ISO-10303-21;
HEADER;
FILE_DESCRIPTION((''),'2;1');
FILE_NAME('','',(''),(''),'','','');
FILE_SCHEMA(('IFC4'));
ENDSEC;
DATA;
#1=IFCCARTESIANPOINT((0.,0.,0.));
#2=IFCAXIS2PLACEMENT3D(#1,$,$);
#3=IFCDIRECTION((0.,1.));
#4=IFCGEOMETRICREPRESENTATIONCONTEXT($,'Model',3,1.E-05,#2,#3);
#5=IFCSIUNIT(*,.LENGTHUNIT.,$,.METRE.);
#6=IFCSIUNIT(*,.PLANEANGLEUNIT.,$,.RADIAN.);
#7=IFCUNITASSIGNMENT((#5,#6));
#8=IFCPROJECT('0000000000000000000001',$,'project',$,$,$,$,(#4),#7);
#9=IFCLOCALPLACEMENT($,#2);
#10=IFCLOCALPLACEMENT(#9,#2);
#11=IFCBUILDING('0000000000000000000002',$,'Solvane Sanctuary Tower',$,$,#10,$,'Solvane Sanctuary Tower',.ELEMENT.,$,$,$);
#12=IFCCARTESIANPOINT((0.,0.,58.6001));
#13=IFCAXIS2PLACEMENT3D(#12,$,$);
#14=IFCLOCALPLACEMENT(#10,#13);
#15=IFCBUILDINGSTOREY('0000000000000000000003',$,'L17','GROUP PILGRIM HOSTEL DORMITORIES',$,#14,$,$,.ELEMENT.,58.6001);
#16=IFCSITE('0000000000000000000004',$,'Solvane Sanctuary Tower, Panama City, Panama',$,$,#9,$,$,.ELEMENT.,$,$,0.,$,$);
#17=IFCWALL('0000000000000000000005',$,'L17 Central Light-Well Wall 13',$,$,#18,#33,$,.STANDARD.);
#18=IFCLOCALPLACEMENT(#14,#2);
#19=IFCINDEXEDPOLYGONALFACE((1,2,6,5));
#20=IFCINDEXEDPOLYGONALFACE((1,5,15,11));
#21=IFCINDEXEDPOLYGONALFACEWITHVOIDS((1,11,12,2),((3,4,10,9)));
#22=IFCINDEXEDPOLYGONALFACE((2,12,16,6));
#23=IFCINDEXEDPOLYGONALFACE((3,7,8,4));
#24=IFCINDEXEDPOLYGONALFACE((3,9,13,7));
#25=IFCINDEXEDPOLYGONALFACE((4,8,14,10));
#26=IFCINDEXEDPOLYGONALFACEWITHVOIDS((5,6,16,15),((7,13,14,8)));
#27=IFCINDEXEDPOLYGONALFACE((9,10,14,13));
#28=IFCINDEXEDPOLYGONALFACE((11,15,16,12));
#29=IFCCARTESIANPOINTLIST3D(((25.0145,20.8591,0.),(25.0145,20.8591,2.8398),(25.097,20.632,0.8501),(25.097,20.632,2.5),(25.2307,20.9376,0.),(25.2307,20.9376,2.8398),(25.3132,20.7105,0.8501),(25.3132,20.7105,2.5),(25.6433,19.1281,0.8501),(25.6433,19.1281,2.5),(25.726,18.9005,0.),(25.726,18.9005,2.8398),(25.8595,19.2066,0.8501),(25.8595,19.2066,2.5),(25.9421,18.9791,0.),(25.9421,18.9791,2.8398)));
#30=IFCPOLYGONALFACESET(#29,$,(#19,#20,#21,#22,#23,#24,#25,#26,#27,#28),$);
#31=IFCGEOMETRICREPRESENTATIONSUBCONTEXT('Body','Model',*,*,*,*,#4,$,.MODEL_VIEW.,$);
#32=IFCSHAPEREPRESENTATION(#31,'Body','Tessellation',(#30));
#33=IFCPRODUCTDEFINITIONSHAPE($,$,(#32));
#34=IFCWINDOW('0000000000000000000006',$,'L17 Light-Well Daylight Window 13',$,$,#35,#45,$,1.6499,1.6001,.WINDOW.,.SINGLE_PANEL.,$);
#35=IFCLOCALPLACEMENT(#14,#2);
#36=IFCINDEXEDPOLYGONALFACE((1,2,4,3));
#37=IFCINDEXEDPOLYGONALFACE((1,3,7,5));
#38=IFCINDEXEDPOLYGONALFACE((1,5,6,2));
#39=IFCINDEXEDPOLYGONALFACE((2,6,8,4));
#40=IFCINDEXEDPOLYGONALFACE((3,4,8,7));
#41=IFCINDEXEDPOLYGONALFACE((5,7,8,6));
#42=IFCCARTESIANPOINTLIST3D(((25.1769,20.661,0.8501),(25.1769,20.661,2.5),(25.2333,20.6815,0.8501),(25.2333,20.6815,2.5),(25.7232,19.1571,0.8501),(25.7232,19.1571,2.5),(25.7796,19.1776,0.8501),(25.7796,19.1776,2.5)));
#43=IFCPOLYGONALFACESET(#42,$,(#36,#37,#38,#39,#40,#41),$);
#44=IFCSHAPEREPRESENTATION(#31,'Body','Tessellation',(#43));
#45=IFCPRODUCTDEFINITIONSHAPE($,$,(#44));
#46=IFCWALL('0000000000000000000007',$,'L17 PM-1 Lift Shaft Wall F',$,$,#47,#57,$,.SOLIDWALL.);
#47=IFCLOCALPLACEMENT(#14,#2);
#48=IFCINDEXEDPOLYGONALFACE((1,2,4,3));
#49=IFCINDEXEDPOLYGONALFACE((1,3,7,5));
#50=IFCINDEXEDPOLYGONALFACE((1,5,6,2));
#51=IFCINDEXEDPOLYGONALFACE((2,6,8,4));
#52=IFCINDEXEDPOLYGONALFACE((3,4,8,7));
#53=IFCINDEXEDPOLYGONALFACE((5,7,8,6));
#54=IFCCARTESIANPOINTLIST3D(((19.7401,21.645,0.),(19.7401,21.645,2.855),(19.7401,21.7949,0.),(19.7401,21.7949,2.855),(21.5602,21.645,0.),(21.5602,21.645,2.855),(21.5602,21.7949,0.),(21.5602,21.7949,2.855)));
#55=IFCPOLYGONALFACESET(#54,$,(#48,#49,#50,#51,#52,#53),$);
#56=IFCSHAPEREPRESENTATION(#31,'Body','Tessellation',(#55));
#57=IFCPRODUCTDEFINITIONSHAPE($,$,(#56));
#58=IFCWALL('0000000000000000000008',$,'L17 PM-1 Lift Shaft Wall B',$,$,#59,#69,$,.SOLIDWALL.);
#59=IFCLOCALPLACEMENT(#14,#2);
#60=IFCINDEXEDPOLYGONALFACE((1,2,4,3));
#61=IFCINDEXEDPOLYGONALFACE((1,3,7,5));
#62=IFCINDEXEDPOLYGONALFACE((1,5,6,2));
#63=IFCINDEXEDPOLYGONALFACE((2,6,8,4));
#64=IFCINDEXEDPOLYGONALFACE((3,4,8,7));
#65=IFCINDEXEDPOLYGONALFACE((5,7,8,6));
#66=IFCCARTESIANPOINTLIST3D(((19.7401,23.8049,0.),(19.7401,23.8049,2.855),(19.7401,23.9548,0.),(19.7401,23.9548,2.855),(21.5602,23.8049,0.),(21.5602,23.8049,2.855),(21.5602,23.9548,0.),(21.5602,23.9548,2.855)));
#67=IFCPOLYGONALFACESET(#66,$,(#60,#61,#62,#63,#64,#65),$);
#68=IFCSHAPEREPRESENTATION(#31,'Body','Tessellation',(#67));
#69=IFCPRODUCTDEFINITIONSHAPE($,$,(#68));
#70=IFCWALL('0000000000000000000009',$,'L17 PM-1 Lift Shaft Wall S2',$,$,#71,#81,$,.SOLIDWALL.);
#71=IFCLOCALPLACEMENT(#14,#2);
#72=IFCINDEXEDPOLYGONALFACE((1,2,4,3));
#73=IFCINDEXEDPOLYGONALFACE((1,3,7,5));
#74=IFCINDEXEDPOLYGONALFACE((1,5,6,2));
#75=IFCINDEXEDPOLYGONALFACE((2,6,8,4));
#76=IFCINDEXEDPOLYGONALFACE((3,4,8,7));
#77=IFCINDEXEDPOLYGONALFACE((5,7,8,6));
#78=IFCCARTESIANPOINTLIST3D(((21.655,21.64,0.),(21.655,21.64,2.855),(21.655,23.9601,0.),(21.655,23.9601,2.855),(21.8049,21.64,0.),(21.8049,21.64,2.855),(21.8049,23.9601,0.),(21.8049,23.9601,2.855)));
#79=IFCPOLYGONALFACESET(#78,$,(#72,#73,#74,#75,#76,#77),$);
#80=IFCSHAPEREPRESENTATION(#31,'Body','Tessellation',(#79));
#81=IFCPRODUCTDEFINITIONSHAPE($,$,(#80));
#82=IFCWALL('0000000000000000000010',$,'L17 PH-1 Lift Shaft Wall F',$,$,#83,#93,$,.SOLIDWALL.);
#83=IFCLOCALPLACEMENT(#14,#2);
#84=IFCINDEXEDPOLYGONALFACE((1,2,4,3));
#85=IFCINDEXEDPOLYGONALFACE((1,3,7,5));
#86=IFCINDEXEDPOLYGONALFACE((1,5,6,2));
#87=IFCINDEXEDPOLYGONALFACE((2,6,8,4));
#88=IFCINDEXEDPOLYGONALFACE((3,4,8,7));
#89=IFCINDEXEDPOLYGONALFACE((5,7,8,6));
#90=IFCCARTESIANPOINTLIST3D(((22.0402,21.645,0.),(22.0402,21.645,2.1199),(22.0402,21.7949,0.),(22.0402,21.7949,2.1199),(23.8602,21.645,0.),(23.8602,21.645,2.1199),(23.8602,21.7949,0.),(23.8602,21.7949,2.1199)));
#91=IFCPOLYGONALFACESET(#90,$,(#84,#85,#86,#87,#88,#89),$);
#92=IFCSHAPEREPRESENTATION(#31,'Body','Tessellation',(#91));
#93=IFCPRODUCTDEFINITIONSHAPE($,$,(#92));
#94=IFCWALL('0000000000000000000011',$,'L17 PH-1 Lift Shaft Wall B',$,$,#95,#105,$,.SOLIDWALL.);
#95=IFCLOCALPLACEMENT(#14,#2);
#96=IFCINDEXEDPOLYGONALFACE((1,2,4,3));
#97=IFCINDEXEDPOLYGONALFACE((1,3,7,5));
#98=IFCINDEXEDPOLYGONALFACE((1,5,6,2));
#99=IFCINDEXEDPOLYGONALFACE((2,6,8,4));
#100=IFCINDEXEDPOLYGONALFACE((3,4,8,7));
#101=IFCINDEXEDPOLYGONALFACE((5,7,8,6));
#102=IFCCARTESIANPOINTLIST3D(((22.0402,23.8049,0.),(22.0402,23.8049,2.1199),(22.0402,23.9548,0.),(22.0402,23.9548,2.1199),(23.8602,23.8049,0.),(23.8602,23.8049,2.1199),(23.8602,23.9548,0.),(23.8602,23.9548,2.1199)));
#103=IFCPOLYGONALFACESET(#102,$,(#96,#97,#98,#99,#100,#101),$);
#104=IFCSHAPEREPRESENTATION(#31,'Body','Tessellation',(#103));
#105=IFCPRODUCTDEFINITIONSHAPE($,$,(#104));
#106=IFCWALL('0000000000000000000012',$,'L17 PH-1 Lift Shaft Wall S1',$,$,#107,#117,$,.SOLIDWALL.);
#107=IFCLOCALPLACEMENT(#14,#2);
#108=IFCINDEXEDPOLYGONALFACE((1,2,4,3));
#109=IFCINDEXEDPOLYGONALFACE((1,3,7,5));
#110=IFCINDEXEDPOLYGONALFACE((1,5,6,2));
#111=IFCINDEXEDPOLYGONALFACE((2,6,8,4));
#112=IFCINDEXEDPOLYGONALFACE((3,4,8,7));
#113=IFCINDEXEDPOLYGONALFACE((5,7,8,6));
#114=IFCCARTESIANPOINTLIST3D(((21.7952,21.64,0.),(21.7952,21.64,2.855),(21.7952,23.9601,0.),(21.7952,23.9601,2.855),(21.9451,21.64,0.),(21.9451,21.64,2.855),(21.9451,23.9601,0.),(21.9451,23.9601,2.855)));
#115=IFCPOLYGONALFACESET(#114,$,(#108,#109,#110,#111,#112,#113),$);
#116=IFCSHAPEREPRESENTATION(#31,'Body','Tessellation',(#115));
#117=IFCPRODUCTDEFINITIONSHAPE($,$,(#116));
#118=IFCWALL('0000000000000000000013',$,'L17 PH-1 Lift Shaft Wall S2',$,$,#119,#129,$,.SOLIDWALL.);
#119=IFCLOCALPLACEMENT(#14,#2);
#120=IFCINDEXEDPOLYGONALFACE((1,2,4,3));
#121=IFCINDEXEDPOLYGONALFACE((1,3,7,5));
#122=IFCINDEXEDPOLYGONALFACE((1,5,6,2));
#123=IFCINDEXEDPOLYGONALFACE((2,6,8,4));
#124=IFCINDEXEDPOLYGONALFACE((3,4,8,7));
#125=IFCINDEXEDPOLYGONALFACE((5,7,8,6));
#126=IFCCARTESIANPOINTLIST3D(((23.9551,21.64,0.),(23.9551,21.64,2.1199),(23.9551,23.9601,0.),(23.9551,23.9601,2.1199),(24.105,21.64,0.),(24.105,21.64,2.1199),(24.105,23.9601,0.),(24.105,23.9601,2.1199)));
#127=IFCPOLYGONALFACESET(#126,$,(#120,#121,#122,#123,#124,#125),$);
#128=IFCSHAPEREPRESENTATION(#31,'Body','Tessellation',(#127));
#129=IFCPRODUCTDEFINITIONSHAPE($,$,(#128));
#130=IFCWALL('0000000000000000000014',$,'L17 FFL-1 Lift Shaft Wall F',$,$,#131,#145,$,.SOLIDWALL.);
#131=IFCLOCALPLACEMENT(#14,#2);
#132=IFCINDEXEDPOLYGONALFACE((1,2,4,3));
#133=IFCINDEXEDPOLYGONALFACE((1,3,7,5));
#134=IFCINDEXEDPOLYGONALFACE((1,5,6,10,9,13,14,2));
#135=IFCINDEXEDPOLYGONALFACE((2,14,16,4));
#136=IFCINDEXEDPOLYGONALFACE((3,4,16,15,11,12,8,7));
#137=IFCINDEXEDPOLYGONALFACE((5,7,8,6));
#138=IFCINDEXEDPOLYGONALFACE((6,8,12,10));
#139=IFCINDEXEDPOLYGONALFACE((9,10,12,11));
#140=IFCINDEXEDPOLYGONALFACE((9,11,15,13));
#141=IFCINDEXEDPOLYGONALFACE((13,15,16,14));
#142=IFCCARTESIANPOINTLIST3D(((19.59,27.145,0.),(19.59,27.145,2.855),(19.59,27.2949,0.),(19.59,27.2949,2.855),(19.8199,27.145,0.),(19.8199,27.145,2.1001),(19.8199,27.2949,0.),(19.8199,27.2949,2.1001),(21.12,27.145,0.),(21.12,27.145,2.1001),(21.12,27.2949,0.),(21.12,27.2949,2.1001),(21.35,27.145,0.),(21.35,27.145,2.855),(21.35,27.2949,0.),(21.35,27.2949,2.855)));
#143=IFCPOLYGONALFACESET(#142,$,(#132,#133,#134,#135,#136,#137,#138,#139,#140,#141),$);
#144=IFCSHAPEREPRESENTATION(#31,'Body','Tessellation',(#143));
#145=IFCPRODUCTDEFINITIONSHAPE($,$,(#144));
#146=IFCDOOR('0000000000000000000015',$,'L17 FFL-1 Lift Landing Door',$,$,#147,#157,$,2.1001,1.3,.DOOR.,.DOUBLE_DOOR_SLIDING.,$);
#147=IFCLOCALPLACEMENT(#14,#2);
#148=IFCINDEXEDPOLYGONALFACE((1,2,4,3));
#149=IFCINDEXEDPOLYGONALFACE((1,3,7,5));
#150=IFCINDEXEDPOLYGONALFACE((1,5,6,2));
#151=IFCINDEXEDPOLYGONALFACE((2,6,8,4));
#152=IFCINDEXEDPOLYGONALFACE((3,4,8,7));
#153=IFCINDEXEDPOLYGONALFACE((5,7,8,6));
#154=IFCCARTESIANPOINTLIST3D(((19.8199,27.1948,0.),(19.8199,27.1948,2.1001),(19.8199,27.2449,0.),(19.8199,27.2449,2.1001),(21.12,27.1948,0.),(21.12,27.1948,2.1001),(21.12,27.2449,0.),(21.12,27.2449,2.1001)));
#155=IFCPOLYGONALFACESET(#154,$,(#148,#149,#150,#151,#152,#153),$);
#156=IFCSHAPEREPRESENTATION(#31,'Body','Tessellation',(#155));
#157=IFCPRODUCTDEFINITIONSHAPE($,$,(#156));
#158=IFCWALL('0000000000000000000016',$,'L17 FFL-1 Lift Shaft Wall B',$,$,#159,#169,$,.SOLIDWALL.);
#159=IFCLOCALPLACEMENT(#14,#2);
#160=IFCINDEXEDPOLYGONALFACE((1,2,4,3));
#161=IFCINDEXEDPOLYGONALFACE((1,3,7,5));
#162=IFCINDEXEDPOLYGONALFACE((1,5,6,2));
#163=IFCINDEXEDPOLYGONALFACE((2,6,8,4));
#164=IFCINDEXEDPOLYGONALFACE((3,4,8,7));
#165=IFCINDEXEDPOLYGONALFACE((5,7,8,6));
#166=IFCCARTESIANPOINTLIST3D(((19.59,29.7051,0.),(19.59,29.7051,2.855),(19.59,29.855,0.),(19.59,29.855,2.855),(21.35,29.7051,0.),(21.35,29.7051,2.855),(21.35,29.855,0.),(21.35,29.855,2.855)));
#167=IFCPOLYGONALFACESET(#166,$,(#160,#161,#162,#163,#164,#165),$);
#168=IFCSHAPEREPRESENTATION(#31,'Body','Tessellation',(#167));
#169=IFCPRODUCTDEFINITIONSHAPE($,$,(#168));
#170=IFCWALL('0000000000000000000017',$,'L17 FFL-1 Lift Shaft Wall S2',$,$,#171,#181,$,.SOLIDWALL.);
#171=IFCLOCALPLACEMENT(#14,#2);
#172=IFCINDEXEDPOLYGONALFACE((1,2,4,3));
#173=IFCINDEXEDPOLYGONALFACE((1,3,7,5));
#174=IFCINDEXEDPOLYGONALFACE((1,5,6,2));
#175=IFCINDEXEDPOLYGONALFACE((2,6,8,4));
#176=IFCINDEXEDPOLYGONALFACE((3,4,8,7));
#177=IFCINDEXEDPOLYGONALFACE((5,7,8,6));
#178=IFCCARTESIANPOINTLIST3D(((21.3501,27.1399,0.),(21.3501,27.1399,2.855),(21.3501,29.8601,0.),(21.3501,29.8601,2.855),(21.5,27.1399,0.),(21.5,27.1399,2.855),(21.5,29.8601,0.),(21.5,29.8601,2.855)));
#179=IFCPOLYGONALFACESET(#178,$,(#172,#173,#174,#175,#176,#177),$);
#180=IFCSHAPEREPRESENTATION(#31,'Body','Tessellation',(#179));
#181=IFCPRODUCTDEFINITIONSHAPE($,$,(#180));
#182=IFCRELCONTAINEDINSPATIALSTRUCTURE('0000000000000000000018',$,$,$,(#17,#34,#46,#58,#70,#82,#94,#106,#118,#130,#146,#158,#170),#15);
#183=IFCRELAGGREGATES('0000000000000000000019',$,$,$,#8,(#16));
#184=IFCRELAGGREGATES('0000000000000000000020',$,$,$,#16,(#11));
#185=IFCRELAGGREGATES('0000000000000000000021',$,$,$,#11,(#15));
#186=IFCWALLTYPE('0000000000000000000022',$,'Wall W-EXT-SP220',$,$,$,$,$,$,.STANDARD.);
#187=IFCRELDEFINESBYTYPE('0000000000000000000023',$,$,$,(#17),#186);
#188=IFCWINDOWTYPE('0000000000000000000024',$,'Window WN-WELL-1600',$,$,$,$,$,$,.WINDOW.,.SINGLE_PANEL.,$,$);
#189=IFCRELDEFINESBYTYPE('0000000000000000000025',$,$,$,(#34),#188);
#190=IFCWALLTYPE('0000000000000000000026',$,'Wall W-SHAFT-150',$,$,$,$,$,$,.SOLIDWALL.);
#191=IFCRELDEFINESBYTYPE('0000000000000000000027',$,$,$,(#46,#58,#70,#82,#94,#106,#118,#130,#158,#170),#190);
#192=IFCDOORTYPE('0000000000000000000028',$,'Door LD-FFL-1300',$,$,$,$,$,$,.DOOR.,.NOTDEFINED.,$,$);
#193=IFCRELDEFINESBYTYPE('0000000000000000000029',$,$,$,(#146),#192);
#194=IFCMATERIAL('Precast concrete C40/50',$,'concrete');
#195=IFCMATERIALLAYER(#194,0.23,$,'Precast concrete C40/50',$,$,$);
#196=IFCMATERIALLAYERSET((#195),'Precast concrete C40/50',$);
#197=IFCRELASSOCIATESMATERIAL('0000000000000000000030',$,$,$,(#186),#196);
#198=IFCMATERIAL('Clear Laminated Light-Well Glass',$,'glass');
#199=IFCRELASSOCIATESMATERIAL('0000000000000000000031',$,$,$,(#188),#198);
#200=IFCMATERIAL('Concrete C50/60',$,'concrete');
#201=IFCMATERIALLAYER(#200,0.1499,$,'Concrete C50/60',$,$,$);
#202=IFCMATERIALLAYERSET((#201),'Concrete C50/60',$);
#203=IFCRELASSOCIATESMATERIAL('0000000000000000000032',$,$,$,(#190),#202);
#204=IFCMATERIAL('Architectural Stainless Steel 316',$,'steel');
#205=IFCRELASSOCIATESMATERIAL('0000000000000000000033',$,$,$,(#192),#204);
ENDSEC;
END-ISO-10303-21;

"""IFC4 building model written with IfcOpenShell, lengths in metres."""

from ifc_helpers import new_model, si_unit, direction, frame, frame_2d, origin, place, context, subcontext, project, spatial, rectangle, extrude, material, layer, layer_set, type_object, element, fill, save


model = new_model("IFC4")

# Units and contexts
model_context = context("Model", 3, precision=1e-05, world=origin(), true_north=direction((0.0, 1.0)))
body_context = subcontext(model_context, "Body", "Model", "MODEL_VIEW")
ifc_project = project(units=[si_unit("LENGTHUNIT", "METRE"), si_unit("PLANEANGLEUNIT", "RADIAN")], contexts=[model_context])

# Site, building, storey
site_placement = place(None, origin())
site = spatial("IfcSite", under=ifc_project, at=site_placement, Name="Solvane Sanctuary Tower, Panama City, Panama", CompositionType="ELEMENT", RefElevation=0.0)
building_placement = place(site_placement, origin())
building = spatial("IfcBuilding", under=site, at=building_placement, Name="Solvane Sanctuary Tower", LongName="Solvane Sanctuary Tower", CompositionType="ELEMENT")
storey_placement = place(building_placement, frame((0.0, 0.0, 58.6001)))
storey = spatial("IfcBuildingStorey", under=building, at=storey_placement, Name="L17", Description="GROUP PILGRIM HOSTEL DORMITORIES", CompositionType="ELEMENT", Elevation=58.6001)

# Shared definitions
ifc_material_1 = material(Name="Architectural Stainless Steel 316", Category="steel")

# Shared definitions
ifc_material_2 = material(Name="Precast concrete C40/50", Category="concrete")
ifc_layer_1 = layer(ifc_material_2, 0.23, Name="Precast concrete C40/50")
ifc_layer_set_1 = layer_set([ifc_layer_1], Name="Precast concrete C40/50")
wall_type_1 = type_object("IfcWallType", Name="Wall W-EXT-SP220", PredefinedType="STANDARD", material=ifc_layer_set_1)

# Shared definitions
ifc_material_3 = material(Name="Clear Laminated Light-Well Glass", Category="glass")
window_type = type_object("IfcWindowType", Name="Window WN-WELL-1600", PartitioningType="SINGLE_PANEL", PredefinedType="WINDOW", material=ifc_material_3)

# Wall, opening, window
wall_1_placement = place(storey_placement, frame((25.1226, 20.8984, 0.0), z_axis=(0.0, 0.0, 1.0), x_axis=(0.341423, -0.93991, 0.0)))
wall_1 = element("IfcWall", 1, at=wall_1_placement, inside=storey, type_object=wall_type_1, Name="L17 Central Light-Well Wall 13", PredefinedType="STANDARD", context=body_context, shape_type="SweptSolid", body=[
    extrude(rectangle(XDim=2.0837, YDim=0.23, at=frame_2d((1.042, 0.0))), origin(), (0.0, 0.0, 1.0), 2.8398),
])
opening_1_placement = place(wall_1_placement, frame((0.2417, 0.0, 0.8501)))
opening_1 = element("IfcOpeningElement", 2, at=opening_1_placement, cuts=wall_1, PredefinedType="OPENING", context=body_context, shape_type="SweptSolid", body=[
    extrude(rectangle(XDim=1.6001, YDim=1.6499, at=frame_2d((0.8, 0.825))), frame((0.0, 0.125, 0.0), z_axis=(0.0, -1.0, 0.0), x_axis=(1.0, 0.0, 0.0)), (0.0, 0.0, 1.0), 0.25),
])
window_1_placement = place(opening_1_placement, origin())
window_1 = element("IfcWindow", 3, at=window_1_placement, inside=storey, type_object=window_type, Name="L17 Light-Well Daylight Window 13", OverallHeight=1.6499, OverallWidth=1.6001, PartitioningType="SINGLE_PANEL", PredefinedType="WINDOW", context=body_context, shape_type="SweptSolid", body=[
    extrude(rectangle(XDim=1.6001, YDim=1.6499, at=frame_2d((0.8, 0.825))), frame((0.0, 0.03, 0.0), z_axis=(0.0, -1.0, 0.0), x_axis=(1.0, 0.0, 0.0)), (0.0, 0.0, 1.0), 0.0601),
])
fill(opening_1, window_1)

# Walls
ifc_material_4 = material(Name="Concrete C50/60", Category="concrete")
ifc_layer_2 = layer(ifc_material_4, 0.1499, Name="Concrete C50/60")
ifc_layer_set_2 = layer_set([ifc_layer_2], Name="Concrete C50/60")
wall_type_2 = type_object("IfcWallType", Name="Wall W-SHAFT-150", PredefinedType="SOLIDWALL", material=ifc_layer_set_2)
for number, where, z_axis, x_axis, name in (
    (4, (19.74, 21.72, 0.0), (0.0, 0.0, 1.0), (1.0, 0.0, 0.0), "L17 PM-1 Lift Shaft Wall F"),
    (5, (19.74, 23.8799, 0.0), (0.0, 0.0, 1.0), (1.0, 0.0, 0.0), "L17 PM-1 Lift Shaft Wall B"),
):
    element("IfcWall", number, at=place(storey_placement, frame(where, z_axis=z_axis, x_axis=x_axis)), inside=storey, type_object=wall_type_2, Name=name, PredefinedType="SOLIDWALL", context=body_context, shape_type="SweptSolid", body=[
        extrude(rectangle(XDim=1.8201, YDim=0.1499, at=frame_2d((0.9102, 0.0))), origin(), (0.0, 0.0, 1.0), 2.855),
    ])
wall_2_placement = place(storey_placement, frame((21.73, 21.6399, 0.0), z_axis=(0.0, 0.0, 1.0), x_axis=(0.0, 1.0, 0.0)))
element("IfcWall", 6, at=wall_2_placement, inside=storey, type_object=wall_type_2, Name="L17 PM-1 Lift Shaft Wall S2", PredefinedType="SOLIDWALL", context=body_context, shape_type="SweptSolid", body=[
    extrude(rectangle(XDim=2.3201, YDim=0.1499, at=frame_2d((1.1602, 0.0))), origin(), (0.0, 0.0, 1.0), 2.855),
])
for number, where, z_axis, x_axis, name in (
    (7, (22.04, 21.72, 0.0), (0.0, 0.0, 1.0), (1.0, 0.0, 0.0), "L17 PH-1 Lift Shaft Wall F"),
    (8, (22.04, 23.8799, 0.0), (0.0, 0.0, 1.0), (1.0, 0.0, 0.0), "L17 PH-1 Lift Shaft Wall B"),
):
    element("IfcWall", number, at=place(storey_placement, frame(where, z_axis=z_axis, x_axis=x_axis)), inside=storey, type_object=wall_type_2, Name=name, PredefinedType="SOLIDWALL", context=body_context, shape_type="SweptSolid", body=[
        extrude(rectangle(XDim=1.8201, YDim=0.1499, at=frame_2d((0.9102, 0.0))), origin(), (0.0, 0.0, 1.0), 2.1199),
    ])
wall_3_placement = place(storey_placement, frame((21.8701, 21.6399, 0.0), z_axis=(0.0, 0.0, 1.0), x_axis=(0.0, 1.0, 0.0)))
element("IfcWall", 9, at=wall_3_placement, inside=storey, type_object=wall_type_2, Name="L17 PH-1 Lift Shaft Wall S1", PredefinedType="SOLIDWALL", context=body_context, shape_type="SweptSolid", body=[
    extrude(rectangle(XDim=2.3201, YDim=0.1499, at=frame_2d((1.1602, 0.0))), origin(), (0.0, 0.0, 1.0), 2.855),
])
wall_4_placement = place(storey_placement, frame((24.03, 21.6399, 0.0), z_axis=(0.0, 0.0, 1.0), x_axis=(0.0, 1.0, 0.0)))
element("IfcWall", 10, at=wall_4_placement, inside=storey, type_object=wall_type_2, Name="L17 PH-1 Lift Shaft Wall S2", PredefinedType="SOLIDWALL", context=body_context, shape_type="SweptSolid", body=[
    extrude(rectangle(XDim=2.3201, YDim=0.1499, at=frame_2d((1.1602, 0.0))), origin(), (0.0, 0.0, 1.0), 2.1199),
])

# Wall, opening, door
wall_5_placement = place(storey_placement, frame((19.5901, 27.22, 0.0), z_axis=(0.0, 0.0, 1.0), x_axis=(1.0, 0.0, 0.0)))
wall_5 = element("IfcWall", 11, at=wall_5_placement, inside=storey, type_object=wall_type_2, Name="L17 FFL-1 Lift Shaft Wall F", PredefinedType="SOLIDWALL", context=body_context, shape_type="SweptSolid", body=[
    extrude(rectangle(XDim=1.76, YDim=0.1499, at=frame_2d((0.8799, 0.0))), origin(), (0.0, 0.0, 1.0), 2.855),
])
opening_2_placement = place(wall_5_placement, frame((0.23, 0.0, 0.0)))
opening_2 = element("IfcOpeningElement", 12, at=opening_2_placement, cuts=wall_5, PredefinedType="OPENING", context=body_context, shape_type="SweptSolid", body=[
    extrude(rectangle(XDim=1.3, YDim=2.1001, at=frame_2d((0.6499, 1.05))), frame((0.0, 0.085, 0.0), z_axis=(0.0, -1.0, 0.0), x_axis=(1.0, 0.0, 0.0)), (0.0, 0.0, 1.0), 0.1699),
])
door_type_1 = type_object("IfcDoorType", Name="Door LD-FFL-1300", OperationType="NOTDEFINED", PredefinedType="DOOR", material=ifc_material_1)
door_1_placement = place(opening_2_placement, origin())
door_1 = element("IfcDoor", 13, at=door_1_placement, inside=storey, type_object=door_type_1, Name="L17 FFL-1 Lift Landing Door", OperationType="DOUBLE_DOOR_SLIDING", OverallHeight=2.1001, OverallWidth=1.3, PredefinedType="DOOR", context=body_context, shape_type="SweptSolid", body=[
    extrude(rectangle(XDim=1.3, YDim=2.1001, at=frame_2d((0.6499, 1.05))), frame((0.0, 0.0249, 0.0), z_axis=(0.0, -1.0, 0.0), x_axis=(1.0, 0.0, 0.0)), (0.0, 0.0, 1.0), 0.05),
])
fill(opening_2, door_1)

# Walls
wall_6_placement = place(storey_placement, frame((19.5901, 29.78, 0.0), z_axis=(0.0, 0.0, 1.0), x_axis=(1.0, 0.0, 0.0)))
element("IfcWall", 14, at=wall_6_placement, inside=storey, type_object=wall_type_2, Name="L17 FFL-1 Lift Shaft Wall B", PredefinedType="SOLIDWALL", context=body_context, shape_type="SweptSolid", body=[
    extrude(rectangle(XDim=1.76, YDim=0.1499, at=frame_2d((0.8799, 0.0))), origin(), (0.0, 0.0, 1.0), 2.855),
])
wall_7_placement = place(storey_placement, frame((21.425, 27.1399, 0.0), z_axis=(0.0, 0.0, 1.0), x_axis=(0.0, 1.0, 0.0)))
element("IfcWall", 15, at=wall_7_placement, inside=storey, type_object=wall_type_2, Name="L17 FFL-1 Lift Shaft Wall S2", PredefinedType="SOLIDWALL", context=body_context, shape_type="SweptSolid", body=[
    extrude(rectangle(XDim=2.7202, YDim=0.1499, at=frame_2d((1.3601, 0.0))), origin(), (0.0, 0.0, 1.0), 2.855),
])

save(model, "model.ifc")
